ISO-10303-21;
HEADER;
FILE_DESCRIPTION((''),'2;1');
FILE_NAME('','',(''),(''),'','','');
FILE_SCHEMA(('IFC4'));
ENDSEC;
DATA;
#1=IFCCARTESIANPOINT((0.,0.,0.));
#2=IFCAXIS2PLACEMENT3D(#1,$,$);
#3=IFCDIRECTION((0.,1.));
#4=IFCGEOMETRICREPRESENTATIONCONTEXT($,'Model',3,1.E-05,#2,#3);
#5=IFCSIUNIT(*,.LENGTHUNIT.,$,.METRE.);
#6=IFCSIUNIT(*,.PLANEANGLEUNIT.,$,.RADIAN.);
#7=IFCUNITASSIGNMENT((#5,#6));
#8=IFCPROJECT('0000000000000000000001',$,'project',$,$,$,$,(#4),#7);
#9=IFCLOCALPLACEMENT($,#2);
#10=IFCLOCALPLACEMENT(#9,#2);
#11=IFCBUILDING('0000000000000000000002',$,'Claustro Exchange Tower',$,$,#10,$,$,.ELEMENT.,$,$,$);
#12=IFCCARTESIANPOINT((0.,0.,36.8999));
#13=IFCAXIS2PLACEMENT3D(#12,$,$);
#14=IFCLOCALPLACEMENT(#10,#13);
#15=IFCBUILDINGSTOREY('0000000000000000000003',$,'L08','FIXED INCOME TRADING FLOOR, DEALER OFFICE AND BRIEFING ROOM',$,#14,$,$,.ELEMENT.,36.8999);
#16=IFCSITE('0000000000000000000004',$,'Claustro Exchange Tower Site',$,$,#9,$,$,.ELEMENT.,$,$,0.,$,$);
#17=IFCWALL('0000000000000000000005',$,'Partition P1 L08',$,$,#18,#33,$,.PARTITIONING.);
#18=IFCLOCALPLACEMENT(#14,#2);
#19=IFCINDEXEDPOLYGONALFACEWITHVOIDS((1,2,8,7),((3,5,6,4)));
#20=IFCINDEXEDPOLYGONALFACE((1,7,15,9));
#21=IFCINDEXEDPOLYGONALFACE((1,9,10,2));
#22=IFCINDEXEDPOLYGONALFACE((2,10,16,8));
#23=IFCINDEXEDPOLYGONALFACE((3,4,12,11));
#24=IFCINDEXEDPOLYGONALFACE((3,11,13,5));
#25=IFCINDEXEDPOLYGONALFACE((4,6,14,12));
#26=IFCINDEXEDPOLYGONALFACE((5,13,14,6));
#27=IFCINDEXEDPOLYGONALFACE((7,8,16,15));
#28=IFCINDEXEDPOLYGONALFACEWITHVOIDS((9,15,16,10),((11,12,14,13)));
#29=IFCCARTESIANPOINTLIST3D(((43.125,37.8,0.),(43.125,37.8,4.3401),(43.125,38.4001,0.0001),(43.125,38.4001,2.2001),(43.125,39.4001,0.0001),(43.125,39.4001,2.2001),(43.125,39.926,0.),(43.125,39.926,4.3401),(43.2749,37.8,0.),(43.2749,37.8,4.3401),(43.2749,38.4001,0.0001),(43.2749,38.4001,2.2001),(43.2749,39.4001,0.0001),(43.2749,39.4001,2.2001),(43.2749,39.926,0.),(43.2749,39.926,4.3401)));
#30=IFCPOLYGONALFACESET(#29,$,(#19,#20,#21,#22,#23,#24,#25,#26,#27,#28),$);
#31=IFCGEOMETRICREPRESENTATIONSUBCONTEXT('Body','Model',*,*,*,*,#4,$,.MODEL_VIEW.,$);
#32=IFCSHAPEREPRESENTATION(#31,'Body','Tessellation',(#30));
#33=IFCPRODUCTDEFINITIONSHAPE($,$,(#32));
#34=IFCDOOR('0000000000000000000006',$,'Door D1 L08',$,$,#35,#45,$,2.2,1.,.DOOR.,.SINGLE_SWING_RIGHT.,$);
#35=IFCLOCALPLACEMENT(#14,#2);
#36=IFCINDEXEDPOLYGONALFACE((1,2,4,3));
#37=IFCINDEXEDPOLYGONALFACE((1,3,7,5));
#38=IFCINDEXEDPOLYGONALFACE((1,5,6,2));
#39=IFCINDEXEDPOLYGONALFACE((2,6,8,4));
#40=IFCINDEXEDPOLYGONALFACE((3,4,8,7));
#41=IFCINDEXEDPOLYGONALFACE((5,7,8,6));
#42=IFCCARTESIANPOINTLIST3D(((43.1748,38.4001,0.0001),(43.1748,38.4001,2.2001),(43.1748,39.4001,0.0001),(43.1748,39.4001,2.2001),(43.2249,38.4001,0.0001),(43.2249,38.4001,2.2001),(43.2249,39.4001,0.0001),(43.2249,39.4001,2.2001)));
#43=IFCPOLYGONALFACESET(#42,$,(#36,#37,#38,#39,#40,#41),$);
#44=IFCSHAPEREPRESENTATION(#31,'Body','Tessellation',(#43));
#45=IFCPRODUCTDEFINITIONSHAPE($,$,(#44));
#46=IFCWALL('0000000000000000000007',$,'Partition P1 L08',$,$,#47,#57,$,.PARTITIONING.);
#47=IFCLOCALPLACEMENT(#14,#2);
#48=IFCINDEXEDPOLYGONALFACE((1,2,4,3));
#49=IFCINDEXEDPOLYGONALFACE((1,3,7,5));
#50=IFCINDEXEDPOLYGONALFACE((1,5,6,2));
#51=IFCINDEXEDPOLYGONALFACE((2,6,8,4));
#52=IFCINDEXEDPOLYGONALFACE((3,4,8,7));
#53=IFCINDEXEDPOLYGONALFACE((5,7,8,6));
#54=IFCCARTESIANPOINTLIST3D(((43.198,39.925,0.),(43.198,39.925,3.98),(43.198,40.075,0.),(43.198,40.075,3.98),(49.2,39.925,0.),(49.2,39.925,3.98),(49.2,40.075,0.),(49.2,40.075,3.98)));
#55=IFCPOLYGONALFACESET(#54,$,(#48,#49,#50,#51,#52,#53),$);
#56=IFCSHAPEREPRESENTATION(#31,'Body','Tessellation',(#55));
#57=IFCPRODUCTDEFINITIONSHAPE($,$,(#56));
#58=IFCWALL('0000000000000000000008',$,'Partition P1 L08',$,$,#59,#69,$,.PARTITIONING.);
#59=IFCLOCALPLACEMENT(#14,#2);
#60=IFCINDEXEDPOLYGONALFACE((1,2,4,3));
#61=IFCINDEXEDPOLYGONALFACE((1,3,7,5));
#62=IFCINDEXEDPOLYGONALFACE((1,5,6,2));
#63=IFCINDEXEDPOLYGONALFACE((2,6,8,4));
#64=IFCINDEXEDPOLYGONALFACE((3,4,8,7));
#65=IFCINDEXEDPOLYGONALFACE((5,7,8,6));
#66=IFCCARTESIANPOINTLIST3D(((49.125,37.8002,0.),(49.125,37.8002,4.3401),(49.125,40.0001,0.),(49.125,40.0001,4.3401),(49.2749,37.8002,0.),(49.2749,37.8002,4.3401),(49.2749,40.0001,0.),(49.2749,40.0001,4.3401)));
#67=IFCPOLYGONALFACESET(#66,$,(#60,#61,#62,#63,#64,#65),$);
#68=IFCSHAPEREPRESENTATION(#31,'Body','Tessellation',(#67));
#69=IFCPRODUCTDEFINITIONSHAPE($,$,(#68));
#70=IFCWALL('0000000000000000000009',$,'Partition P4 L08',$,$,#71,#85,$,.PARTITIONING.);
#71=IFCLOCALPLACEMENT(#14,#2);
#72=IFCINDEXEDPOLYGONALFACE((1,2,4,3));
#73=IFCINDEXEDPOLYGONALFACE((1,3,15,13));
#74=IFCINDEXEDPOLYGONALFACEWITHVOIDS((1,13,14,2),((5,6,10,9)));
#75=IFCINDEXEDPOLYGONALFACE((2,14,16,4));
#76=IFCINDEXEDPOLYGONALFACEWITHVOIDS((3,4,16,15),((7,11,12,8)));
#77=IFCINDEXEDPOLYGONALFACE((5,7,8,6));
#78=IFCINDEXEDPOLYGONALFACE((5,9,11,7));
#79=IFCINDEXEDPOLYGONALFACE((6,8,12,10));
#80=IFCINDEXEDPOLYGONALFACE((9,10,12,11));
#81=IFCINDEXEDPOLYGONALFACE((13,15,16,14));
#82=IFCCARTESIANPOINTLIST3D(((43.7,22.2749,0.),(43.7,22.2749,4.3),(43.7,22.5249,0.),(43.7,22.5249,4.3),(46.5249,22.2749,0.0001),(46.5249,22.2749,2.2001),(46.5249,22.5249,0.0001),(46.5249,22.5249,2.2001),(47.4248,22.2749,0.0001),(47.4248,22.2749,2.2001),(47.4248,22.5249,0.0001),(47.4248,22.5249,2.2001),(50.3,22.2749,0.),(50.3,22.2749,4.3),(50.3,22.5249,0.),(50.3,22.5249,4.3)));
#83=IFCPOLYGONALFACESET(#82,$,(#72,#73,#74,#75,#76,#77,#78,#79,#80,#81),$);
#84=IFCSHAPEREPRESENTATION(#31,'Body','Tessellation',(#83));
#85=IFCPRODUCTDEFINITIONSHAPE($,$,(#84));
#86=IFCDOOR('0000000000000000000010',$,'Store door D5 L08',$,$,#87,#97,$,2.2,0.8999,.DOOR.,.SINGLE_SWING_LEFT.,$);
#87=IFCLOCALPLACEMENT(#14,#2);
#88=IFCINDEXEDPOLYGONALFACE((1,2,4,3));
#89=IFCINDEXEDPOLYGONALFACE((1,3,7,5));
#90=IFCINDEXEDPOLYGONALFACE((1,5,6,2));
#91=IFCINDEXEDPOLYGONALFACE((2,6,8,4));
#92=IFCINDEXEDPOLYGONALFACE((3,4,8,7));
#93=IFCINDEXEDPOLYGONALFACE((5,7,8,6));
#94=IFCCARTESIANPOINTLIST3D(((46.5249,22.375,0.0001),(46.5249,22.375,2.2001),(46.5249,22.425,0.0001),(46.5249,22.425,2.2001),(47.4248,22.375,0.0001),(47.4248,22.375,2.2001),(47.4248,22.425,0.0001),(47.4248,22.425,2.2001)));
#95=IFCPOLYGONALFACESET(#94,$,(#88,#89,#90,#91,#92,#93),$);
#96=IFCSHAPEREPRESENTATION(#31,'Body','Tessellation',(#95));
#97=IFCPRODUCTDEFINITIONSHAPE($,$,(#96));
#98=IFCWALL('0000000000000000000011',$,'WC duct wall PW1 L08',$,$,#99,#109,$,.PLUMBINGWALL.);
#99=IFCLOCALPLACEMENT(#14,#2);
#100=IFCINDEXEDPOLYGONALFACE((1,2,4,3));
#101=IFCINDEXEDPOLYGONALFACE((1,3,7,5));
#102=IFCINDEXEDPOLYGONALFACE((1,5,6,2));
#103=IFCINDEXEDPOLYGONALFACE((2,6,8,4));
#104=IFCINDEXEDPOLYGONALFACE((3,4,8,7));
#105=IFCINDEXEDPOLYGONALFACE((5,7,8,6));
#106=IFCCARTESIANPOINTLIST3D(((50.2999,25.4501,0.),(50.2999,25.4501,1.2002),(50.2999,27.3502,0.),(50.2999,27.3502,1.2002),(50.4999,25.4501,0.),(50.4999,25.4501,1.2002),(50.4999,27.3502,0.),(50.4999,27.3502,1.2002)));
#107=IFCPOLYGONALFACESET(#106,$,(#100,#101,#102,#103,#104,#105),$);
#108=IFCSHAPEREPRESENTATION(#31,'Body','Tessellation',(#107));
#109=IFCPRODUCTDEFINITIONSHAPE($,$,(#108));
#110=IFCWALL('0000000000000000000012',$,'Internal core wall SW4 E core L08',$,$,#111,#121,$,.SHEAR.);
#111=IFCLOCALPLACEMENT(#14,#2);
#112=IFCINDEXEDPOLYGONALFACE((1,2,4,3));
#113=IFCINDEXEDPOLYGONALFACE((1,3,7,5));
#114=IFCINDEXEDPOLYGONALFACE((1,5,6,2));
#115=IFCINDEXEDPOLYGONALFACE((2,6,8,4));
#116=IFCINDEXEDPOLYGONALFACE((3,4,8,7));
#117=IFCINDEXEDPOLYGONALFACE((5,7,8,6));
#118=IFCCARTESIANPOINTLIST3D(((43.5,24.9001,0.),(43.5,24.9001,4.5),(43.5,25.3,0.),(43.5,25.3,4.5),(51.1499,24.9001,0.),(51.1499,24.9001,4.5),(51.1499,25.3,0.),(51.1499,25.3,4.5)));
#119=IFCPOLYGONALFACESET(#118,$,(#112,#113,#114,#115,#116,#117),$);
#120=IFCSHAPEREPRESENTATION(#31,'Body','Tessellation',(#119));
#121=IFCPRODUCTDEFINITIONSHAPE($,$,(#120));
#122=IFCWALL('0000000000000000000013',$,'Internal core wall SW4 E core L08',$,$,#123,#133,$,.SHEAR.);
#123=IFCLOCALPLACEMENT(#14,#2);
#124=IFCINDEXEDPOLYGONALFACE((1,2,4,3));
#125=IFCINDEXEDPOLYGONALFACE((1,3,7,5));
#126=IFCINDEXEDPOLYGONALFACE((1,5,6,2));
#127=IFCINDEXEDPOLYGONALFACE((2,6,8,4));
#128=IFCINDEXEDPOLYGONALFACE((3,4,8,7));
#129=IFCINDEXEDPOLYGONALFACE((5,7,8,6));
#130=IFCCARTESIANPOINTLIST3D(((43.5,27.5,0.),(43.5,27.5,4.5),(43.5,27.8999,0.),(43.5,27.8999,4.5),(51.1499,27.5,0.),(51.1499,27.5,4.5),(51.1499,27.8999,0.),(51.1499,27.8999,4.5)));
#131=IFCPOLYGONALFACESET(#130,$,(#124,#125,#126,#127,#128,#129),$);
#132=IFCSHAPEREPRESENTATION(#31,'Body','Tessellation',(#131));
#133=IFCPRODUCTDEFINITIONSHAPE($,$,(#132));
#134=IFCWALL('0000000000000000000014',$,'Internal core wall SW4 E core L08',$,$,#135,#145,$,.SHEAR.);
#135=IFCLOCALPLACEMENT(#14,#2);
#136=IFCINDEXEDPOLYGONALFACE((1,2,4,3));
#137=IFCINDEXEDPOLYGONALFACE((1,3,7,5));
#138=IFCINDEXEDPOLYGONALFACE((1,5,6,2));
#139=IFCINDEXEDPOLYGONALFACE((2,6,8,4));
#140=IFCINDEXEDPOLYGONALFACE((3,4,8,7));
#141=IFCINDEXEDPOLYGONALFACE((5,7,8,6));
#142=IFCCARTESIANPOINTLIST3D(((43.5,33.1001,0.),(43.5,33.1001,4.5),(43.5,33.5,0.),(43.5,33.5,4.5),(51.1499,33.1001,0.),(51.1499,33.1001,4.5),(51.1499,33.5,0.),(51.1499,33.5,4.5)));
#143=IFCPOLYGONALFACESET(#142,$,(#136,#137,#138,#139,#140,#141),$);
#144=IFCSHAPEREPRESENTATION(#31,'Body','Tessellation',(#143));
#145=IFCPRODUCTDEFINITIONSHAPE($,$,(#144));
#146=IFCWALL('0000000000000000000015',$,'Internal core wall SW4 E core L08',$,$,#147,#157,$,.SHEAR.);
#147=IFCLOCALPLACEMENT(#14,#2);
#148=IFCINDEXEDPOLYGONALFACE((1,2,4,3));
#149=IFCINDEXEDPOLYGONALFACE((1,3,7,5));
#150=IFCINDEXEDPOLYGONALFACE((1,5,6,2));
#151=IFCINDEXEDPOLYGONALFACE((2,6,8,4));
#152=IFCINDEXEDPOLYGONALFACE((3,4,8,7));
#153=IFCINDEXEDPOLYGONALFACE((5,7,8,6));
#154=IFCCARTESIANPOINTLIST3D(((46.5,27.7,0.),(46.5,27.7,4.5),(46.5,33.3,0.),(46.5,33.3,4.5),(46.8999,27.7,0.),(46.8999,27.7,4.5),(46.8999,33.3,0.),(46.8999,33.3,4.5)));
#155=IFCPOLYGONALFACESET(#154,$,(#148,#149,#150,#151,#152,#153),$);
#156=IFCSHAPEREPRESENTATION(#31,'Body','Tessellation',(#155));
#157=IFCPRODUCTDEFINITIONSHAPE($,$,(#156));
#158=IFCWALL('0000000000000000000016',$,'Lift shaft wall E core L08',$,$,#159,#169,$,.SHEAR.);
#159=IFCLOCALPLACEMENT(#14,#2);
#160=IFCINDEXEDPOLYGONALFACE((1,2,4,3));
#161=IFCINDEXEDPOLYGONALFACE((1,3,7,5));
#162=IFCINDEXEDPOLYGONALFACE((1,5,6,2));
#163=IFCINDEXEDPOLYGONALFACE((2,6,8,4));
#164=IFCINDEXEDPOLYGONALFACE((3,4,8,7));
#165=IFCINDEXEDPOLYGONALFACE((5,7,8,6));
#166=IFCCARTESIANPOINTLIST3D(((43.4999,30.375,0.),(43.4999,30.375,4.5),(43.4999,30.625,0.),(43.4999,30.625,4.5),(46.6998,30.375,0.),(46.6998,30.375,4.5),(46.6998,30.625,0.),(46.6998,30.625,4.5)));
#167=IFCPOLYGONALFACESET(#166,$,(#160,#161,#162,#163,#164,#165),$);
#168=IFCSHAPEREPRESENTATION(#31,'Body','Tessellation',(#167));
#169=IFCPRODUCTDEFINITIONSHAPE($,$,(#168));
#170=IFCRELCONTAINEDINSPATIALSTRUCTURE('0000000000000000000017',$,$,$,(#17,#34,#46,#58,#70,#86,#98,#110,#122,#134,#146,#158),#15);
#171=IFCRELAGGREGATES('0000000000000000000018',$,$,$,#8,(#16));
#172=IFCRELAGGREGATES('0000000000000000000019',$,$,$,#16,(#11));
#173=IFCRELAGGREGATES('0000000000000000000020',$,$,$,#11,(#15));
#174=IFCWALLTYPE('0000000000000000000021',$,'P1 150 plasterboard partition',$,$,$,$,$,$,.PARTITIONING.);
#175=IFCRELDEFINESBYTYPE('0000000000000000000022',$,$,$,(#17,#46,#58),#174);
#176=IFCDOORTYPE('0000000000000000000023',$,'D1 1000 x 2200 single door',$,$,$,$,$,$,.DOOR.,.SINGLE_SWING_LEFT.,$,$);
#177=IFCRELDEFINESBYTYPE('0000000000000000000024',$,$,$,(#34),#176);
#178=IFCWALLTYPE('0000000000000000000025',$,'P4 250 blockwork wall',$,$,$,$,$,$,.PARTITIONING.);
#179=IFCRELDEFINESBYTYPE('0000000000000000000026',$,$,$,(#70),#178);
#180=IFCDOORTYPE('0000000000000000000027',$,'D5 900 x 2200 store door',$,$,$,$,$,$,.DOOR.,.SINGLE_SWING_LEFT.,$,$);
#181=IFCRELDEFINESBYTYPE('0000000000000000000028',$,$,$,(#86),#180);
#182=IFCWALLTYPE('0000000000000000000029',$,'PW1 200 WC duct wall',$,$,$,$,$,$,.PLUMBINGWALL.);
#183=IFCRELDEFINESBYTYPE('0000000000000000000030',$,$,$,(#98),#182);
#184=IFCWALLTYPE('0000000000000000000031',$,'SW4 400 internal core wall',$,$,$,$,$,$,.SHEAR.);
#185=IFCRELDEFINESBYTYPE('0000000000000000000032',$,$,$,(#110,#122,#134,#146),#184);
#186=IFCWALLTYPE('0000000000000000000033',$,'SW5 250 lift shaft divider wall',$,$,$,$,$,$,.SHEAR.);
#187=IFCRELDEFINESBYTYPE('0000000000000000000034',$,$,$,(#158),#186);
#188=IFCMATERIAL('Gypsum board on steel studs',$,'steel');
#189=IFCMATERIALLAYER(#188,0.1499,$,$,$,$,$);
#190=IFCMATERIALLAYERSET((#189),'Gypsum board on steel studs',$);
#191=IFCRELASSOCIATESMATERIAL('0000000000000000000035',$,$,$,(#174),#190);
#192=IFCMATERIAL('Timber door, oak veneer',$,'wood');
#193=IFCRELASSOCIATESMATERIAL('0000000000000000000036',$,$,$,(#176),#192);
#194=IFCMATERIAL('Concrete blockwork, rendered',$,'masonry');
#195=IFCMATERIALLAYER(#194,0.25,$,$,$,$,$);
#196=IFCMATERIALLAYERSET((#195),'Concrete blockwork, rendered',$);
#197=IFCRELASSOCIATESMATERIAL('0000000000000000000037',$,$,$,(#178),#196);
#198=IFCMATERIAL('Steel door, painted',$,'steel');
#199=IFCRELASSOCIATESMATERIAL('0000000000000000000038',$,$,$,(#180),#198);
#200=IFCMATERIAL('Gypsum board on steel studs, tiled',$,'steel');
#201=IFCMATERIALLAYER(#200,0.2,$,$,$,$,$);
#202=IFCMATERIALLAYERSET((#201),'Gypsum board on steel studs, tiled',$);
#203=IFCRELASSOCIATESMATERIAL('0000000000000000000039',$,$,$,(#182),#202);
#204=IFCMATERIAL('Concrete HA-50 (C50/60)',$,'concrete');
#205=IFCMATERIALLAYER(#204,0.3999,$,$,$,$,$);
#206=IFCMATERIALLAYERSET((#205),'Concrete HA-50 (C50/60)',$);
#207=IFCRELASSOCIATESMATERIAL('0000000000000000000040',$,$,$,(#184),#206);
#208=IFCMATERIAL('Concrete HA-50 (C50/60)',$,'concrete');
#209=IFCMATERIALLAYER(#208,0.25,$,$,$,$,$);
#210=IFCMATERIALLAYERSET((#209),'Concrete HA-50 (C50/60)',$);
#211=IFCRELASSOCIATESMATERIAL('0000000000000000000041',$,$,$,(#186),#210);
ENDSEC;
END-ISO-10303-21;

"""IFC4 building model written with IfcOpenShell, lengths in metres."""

from ifc_helpers import new_model, si_unit, direction, frame, frame_2d, origin, place, context, subcontext, project, spatial, rectangle, extrude, material, layer, layer_set, type_object, element, fill, save


model = new_model("IFC4")

# Units and contexts
model_context = context("Model", 3, precision=1e-05, world=origin(), true_north=direction((0.0, 1.0)))
body_context = subcontext(model_context, "Body", "Model", "MODEL_VIEW")
ifc_project = project(units=[si_unit("LENGTHUNIT", "METRE"), si_unit("PLANEANGLEUNIT", "RADIAN")], contexts=[model_context])

# Site, building, storey
site_placement = place(None, origin())
site = spatial("IfcSite", under=ifc_project, at=site_placement, Name="Claustro Exchange Tower Site", CompositionType="ELEMENT", RefElevation=0.0)
building_placement = place(site_placement, origin())
building = spatial("IfcBuilding", under=site, at=building_placement, Name="Claustro Exchange Tower", CompositionType="ELEMENT")
storey_placement = place(building_placement, frame((0.0, 0.0, 36.8999)))
storey = spatial("IfcBuildingStorey", under=building, at=storey_placement, Name="L08", Description="FIXED INCOME TRADING FLOOR, DEALER OFFICE AND BRIEFING ROOM", CompositionType="ELEMENT", Elevation=36.8999)

# Wall, opening, door
ifc_material_1 = material(Name="Gypsum board on steel studs", Category="steel")
ifc_layer_1 = layer(ifc_material_1, 0.1499)
ifc_layer_set_1 = layer_set([ifc_layer_1], Name="Gypsum board on steel studs")
wall_type_1 = type_object("IfcWallType", Name="P1 150 plasterboard partition", PredefinedType="PARTITIONING", material=ifc_layer_set_1)
wall_1_placement = place(storey_placement, frame((43.2, 37.8, 0.0), z_axis=(0.0, 0.0, 1.0), x_axis=(0.0, 1.0, 0.0)))
wall_1 = element("IfcWall", 1, at=wall_1_placement, inside=storey, type_object=wall_type_1, Name="Partition P1 L08", PredefinedType="PARTITIONING", context=body_context, shape_type="SweptSolid", body=[
    extrude(rectangle(XDim=2.126, YDim=0.1499, at=frame_2d((1.063, 0.0))), origin(), (0.0, 0.0, 1.0), 4.3401),
])
opening_1_placement = place(wall_1_placement, frame((0.6001, 0.0, 0.0)))
opening_1 = element("IfcOpeningElement", 2, at=opening_1_placement, cuts=wall_1, PredefinedType="OPENING", context=body_context, shape_type="SweptSolid", body=[
    extrude(rectangle(XDim=1.0, YDim=2.2, at=frame_2d((0.5, 1.1001))), frame((0.0, 0.085, 0.0), z_axis=(0.0, -1.0, 0.0), x_axis=(1.0, 0.0, 0.0)), (0.0, 0.0, 1.0), 0.1699),
])
ifc_material_2 = material(Name="Timber door, oak veneer", Category="wood")
door_type_1 = type_object("IfcDoorType", Name="D1 1000 x 2200 single door", OperationType="SINGLE_SWING_LEFT", PredefinedType="DOOR", material=ifc_material_2)
door_1_placement = place(opening_1_placement, frame((1.0, 0.0, 0.0), z_axis=(0.0, 0.0, 1.0), x_axis=(-1.0, 0.0, 0.0)))
door_1 = element("IfcDoor", 3, at=door_1_placement, inside=storey, type_object=door_type_1, Name="Door D1 L08", OperationType="SINGLE_SWING_RIGHT", OverallHeight=2.2, OverallWidth=1.0, PredefinedType="DOOR", context=body_context, shape_type="SweptSolid", body=[
    extrude(rectangle(XDim=1.0, YDim=2.2, at=frame_2d((0.5, 1.1001))), frame((0.0, 0.0249, 0.0), z_axis=(0.0, -1.0, 0.0), x_axis=(1.0, 0.0, 0.0)), (0.0, 0.0, 1.0), 0.05),
])
fill(opening_1, door_1)

# Walls
wall_2_placement = place(storey_placement, frame((43.198, 40.0, 0.0), z_axis=(0.0, 0.0, 1.0), x_axis=(1.0, 0.0, 0.0)))
element("IfcWall", 4, at=wall_2_placement, inside=storey, type_object=wall_type_1, Name="Partition P1 L08", PredefinedType="PARTITIONING", context=body_context, shape_type="SweptSolid", body=[
    extrude(rectangle(XDim=6.002, YDim=0.1499, at=frame_2d((3.001, 0.0))), origin(), (0.0, 0.0, 1.0), 3.98),
])
wall_3_placement = place(storey_placement, frame((49.2, 37.8, 0.0), z_axis=(0.0, 0.0, 1.0), x_axis=(0.0, 1.0, 0.0)))
element("IfcWall", 5, at=wall_3_placement, inside=storey, type_object=wall_type_1, Name="Partition P1 L08", PredefinedType="PARTITIONING", context=body_context, shape_type="SweptSolid", body=[
    extrude(rectangle(XDim=2.2, YDim=0.1499, at=frame_2d((1.1001, 0.0))), origin(), (0.0, 0.0, 1.0), 4.3401),
])

# Wall, opening, door
ifc_material_3 = material(Name="Concrete blockwork, rendered", Category="masonry")
ifc_layer_2 = layer(ifc_material_3, 0.25)
ifc_layer_set_2 = layer_set([ifc_layer_2], Name="Concrete blockwork, rendered")
wall_type_2 = type_object("IfcWallType", Name="P4 250 blockwork wall", PredefinedType="PARTITIONING", material=ifc_layer_set_2)
wall_4_placement = place(storey_placement, frame((43.7, 22.3999, 0.0), z_axis=(0.0, 0.0, 1.0), x_axis=(1.0, 0.0, 0.0)))
wall_4 = element("IfcWall", 6, at=wall_4_placement, inside=storey, type_object=wall_type_2, Name="Partition P4 L08", PredefinedType="PARTITIONING", context=body_context, shape_type="SweptSolid", body=[
    extrude(rectangle(XDim=6.6001, YDim=0.25, at=frame_2d((3.3, 0.0))), origin(), (0.0, 0.0, 1.0), 4.3),
])
opening_2_placement = place(wall_4_placement, frame((2.825, 0.0, 0.0)))
opening_2 = element("IfcOpeningElement", 7, at=opening_2_placement, cuts=wall_4, PredefinedType="OPENING", context=body_context, shape_type="SweptSolid", body=[
    extrude(rectangle(XDim=0.8999, YDim=2.2, at=frame_2d((0.45, 1.1001))), frame((0.0, 0.135, 0.0), z_axis=(0.0, -1.0, 0.0), x_axis=(1.0, 0.0, 0.0)), (0.0, 0.0, 1.0), 0.27),
])
ifc_material_4 = material(Name="Steel door, painted", Category="steel")
door_type_2 = type_object("IfcDoorType", Name="D5 900 x 2200 store door", OperationType="SINGLE_SWING_LEFT", PredefinedType="DOOR", material=ifc_material_4)
door_2_placement = place(opening_2_placement, frame((0.8999, 0.0, 0.0), z_axis=(0.0, 0.0, 1.0), x_axis=(-1.0, 0.0, 0.0)))
door_2 = element("IfcDoor", 8, at=door_2_placement, inside=storey, type_object=door_type_2, Name="Store door D5 L08", OperationType="SINGLE_SWING_LEFT", OverallHeight=2.2, OverallWidth=0.8999, PredefinedType="DOOR", context=body_context, shape_type="SweptSolid", body=[
    extrude(rectangle(XDim=0.8999, YDim=2.2, at=frame_2d((0.45, 1.1001))), frame((0.0, 0.0249, 0.0), z_axis=(0.0, -1.0, 0.0), x_axis=(1.0, 0.0, 0.0)), (0.0, 0.0, 1.0), 0.05),
])
fill(opening_2, door_2)

# Walls
ifc_material_5 = material(Name="Gypsum board on steel studs, tiled", Category="steel")
ifc_layer_3 = layer(ifc_material_5, 0.2)
ifc_layer_set_3 = layer_set([ifc_layer_3], Name="Gypsum board on steel studs, tiled")
wall_type_3 = type_object("IfcWallType", Name="PW1 200 WC duct wall", PredefinedType="PLUMBINGWALL", material=ifc_layer_set_3)
wall_5_placement = place(storey_placement, frame((50.3999, 25.45, 0.0), z_axis=(0.0, 0.0, 1.0), x_axis=(0.0, 1.0, 0.0)))
element("IfcWall", 9, at=wall_5_placement, inside=storey, type_object=wall_type_3, Name="WC duct wall PW1 L08", PredefinedType="PLUMBINGWALL", context=body_context, shape_type="SweptSolid", body=[
    extrude(rectangle(XDim=1.9001, YDim=0.2, at=frame_2d((0.9502, 0.0))), origin(), (0.0, 0.0, 1.0), 1.2002),
])
ifc_material_6 = material(Name="Concrete HA-50 (C50/60)", Category="concrete")
ifc_layer_4 = layer(ifc_material_6, 0.3999)
ifc_layer_set_4 = layer_set([ifc_layer_4], Name="Concrete HA-50 (C50/60)")
wall_type_4 = type_object("IfcWallType", Name="SW4 400 internal core wall", PredefinedType="SHEAR", material=ifc_layer_set_4)
for number, where, z_axis, x_axis, name in (
    (10, (51.1499, 25.1001, 0.0), (0.0, 0.0, 1.0), (-1.0, 0.0, 0.0), "Internal core wall SW4 E core L08"),
    (11, (51.1499, 27.7, 0.0), (0.0, 0.0, 1.0), (-1.0, 0.0, 0.0), "Internal core wall SW4 E core L08"),
    (12, (51.1499, 33.3, 0.0), (0.0, 0.0, 1.0), (-1.0, 0.0, 0.0), "Internal core wall SW4 E core L08"),
):
    element("IfcWall", number, at=place(storey_placement, frame(where, z_axis=z_axis, x_axis=x_axis)), inside=storey, type_object=wall_type_4, Name=name, PredefinedType="SHEAR", context=body_context, shape_type="SweptSolid", body=[
        extrude(rectangle(XDim=7.6499, YDim=0.3999, at=frame_2d((3.825, 0.0))), origin(), (0.0, 0.0, 1.0), 4.5),
    ])
wall_6_placement = place(storey_placement, frame((46.7, 27.7, 0.0), z_axis=(0.0, 0.0, 1.0), x_axis=(0.0, 1.0, 0.0)))
element("IfcWall", 13, at=wall_6_placement, inside=storey, type_object=wall_type_4, Name="Internal core wall SW4 E core L08", PredefinedType="SHEAR", context=body_context, shape_type="SweptSolid", body=[
    extrude(rectangle(XDim=5.6001, YDim=0.3999, at=frame_2d((2.8, 0.0))), origin(), (0.0, 0.0, 1.0), 4.5),
])
ifc_material_7 = material(Name="Concrete HA-50 (C50/60)", Category="concrete")
ifc_layer_5 = layer(ifc_material_7, 0.25)
ifc_layer_set_5 = layer_set([ifc_layer_5], Name="Concrete HA-50 (C50/60)")
wall_type_5 = type_object("IfcWallType", Name="SW5 250 lift shaft divider wall", PredefinedType="SHEAR", material=ifc_layer_set_5)
wall_7_placement = place(storey_placement, frame((46.7, 30.5, 0.0), z_axis=(0.0, 0.0, 1.0), x_axis=(-1.0, 0.0, 0.0)))
element("IfcWall", 14, at=wall_7_placement, inside=storey, type_object=wall_type_5, Name="Lift shaft wall E core L08", PredefinedType="SHEAR", context=body_context, shape_type="SweptSolid", body=[
    extrude(rectangle(XDim=3.2, YDim=0.25, at=frame_2d((1.6001, 0.0))), origin(), (0.0, 0.0, 1.0), 4.5),
])

save(model, "model.ifc")
